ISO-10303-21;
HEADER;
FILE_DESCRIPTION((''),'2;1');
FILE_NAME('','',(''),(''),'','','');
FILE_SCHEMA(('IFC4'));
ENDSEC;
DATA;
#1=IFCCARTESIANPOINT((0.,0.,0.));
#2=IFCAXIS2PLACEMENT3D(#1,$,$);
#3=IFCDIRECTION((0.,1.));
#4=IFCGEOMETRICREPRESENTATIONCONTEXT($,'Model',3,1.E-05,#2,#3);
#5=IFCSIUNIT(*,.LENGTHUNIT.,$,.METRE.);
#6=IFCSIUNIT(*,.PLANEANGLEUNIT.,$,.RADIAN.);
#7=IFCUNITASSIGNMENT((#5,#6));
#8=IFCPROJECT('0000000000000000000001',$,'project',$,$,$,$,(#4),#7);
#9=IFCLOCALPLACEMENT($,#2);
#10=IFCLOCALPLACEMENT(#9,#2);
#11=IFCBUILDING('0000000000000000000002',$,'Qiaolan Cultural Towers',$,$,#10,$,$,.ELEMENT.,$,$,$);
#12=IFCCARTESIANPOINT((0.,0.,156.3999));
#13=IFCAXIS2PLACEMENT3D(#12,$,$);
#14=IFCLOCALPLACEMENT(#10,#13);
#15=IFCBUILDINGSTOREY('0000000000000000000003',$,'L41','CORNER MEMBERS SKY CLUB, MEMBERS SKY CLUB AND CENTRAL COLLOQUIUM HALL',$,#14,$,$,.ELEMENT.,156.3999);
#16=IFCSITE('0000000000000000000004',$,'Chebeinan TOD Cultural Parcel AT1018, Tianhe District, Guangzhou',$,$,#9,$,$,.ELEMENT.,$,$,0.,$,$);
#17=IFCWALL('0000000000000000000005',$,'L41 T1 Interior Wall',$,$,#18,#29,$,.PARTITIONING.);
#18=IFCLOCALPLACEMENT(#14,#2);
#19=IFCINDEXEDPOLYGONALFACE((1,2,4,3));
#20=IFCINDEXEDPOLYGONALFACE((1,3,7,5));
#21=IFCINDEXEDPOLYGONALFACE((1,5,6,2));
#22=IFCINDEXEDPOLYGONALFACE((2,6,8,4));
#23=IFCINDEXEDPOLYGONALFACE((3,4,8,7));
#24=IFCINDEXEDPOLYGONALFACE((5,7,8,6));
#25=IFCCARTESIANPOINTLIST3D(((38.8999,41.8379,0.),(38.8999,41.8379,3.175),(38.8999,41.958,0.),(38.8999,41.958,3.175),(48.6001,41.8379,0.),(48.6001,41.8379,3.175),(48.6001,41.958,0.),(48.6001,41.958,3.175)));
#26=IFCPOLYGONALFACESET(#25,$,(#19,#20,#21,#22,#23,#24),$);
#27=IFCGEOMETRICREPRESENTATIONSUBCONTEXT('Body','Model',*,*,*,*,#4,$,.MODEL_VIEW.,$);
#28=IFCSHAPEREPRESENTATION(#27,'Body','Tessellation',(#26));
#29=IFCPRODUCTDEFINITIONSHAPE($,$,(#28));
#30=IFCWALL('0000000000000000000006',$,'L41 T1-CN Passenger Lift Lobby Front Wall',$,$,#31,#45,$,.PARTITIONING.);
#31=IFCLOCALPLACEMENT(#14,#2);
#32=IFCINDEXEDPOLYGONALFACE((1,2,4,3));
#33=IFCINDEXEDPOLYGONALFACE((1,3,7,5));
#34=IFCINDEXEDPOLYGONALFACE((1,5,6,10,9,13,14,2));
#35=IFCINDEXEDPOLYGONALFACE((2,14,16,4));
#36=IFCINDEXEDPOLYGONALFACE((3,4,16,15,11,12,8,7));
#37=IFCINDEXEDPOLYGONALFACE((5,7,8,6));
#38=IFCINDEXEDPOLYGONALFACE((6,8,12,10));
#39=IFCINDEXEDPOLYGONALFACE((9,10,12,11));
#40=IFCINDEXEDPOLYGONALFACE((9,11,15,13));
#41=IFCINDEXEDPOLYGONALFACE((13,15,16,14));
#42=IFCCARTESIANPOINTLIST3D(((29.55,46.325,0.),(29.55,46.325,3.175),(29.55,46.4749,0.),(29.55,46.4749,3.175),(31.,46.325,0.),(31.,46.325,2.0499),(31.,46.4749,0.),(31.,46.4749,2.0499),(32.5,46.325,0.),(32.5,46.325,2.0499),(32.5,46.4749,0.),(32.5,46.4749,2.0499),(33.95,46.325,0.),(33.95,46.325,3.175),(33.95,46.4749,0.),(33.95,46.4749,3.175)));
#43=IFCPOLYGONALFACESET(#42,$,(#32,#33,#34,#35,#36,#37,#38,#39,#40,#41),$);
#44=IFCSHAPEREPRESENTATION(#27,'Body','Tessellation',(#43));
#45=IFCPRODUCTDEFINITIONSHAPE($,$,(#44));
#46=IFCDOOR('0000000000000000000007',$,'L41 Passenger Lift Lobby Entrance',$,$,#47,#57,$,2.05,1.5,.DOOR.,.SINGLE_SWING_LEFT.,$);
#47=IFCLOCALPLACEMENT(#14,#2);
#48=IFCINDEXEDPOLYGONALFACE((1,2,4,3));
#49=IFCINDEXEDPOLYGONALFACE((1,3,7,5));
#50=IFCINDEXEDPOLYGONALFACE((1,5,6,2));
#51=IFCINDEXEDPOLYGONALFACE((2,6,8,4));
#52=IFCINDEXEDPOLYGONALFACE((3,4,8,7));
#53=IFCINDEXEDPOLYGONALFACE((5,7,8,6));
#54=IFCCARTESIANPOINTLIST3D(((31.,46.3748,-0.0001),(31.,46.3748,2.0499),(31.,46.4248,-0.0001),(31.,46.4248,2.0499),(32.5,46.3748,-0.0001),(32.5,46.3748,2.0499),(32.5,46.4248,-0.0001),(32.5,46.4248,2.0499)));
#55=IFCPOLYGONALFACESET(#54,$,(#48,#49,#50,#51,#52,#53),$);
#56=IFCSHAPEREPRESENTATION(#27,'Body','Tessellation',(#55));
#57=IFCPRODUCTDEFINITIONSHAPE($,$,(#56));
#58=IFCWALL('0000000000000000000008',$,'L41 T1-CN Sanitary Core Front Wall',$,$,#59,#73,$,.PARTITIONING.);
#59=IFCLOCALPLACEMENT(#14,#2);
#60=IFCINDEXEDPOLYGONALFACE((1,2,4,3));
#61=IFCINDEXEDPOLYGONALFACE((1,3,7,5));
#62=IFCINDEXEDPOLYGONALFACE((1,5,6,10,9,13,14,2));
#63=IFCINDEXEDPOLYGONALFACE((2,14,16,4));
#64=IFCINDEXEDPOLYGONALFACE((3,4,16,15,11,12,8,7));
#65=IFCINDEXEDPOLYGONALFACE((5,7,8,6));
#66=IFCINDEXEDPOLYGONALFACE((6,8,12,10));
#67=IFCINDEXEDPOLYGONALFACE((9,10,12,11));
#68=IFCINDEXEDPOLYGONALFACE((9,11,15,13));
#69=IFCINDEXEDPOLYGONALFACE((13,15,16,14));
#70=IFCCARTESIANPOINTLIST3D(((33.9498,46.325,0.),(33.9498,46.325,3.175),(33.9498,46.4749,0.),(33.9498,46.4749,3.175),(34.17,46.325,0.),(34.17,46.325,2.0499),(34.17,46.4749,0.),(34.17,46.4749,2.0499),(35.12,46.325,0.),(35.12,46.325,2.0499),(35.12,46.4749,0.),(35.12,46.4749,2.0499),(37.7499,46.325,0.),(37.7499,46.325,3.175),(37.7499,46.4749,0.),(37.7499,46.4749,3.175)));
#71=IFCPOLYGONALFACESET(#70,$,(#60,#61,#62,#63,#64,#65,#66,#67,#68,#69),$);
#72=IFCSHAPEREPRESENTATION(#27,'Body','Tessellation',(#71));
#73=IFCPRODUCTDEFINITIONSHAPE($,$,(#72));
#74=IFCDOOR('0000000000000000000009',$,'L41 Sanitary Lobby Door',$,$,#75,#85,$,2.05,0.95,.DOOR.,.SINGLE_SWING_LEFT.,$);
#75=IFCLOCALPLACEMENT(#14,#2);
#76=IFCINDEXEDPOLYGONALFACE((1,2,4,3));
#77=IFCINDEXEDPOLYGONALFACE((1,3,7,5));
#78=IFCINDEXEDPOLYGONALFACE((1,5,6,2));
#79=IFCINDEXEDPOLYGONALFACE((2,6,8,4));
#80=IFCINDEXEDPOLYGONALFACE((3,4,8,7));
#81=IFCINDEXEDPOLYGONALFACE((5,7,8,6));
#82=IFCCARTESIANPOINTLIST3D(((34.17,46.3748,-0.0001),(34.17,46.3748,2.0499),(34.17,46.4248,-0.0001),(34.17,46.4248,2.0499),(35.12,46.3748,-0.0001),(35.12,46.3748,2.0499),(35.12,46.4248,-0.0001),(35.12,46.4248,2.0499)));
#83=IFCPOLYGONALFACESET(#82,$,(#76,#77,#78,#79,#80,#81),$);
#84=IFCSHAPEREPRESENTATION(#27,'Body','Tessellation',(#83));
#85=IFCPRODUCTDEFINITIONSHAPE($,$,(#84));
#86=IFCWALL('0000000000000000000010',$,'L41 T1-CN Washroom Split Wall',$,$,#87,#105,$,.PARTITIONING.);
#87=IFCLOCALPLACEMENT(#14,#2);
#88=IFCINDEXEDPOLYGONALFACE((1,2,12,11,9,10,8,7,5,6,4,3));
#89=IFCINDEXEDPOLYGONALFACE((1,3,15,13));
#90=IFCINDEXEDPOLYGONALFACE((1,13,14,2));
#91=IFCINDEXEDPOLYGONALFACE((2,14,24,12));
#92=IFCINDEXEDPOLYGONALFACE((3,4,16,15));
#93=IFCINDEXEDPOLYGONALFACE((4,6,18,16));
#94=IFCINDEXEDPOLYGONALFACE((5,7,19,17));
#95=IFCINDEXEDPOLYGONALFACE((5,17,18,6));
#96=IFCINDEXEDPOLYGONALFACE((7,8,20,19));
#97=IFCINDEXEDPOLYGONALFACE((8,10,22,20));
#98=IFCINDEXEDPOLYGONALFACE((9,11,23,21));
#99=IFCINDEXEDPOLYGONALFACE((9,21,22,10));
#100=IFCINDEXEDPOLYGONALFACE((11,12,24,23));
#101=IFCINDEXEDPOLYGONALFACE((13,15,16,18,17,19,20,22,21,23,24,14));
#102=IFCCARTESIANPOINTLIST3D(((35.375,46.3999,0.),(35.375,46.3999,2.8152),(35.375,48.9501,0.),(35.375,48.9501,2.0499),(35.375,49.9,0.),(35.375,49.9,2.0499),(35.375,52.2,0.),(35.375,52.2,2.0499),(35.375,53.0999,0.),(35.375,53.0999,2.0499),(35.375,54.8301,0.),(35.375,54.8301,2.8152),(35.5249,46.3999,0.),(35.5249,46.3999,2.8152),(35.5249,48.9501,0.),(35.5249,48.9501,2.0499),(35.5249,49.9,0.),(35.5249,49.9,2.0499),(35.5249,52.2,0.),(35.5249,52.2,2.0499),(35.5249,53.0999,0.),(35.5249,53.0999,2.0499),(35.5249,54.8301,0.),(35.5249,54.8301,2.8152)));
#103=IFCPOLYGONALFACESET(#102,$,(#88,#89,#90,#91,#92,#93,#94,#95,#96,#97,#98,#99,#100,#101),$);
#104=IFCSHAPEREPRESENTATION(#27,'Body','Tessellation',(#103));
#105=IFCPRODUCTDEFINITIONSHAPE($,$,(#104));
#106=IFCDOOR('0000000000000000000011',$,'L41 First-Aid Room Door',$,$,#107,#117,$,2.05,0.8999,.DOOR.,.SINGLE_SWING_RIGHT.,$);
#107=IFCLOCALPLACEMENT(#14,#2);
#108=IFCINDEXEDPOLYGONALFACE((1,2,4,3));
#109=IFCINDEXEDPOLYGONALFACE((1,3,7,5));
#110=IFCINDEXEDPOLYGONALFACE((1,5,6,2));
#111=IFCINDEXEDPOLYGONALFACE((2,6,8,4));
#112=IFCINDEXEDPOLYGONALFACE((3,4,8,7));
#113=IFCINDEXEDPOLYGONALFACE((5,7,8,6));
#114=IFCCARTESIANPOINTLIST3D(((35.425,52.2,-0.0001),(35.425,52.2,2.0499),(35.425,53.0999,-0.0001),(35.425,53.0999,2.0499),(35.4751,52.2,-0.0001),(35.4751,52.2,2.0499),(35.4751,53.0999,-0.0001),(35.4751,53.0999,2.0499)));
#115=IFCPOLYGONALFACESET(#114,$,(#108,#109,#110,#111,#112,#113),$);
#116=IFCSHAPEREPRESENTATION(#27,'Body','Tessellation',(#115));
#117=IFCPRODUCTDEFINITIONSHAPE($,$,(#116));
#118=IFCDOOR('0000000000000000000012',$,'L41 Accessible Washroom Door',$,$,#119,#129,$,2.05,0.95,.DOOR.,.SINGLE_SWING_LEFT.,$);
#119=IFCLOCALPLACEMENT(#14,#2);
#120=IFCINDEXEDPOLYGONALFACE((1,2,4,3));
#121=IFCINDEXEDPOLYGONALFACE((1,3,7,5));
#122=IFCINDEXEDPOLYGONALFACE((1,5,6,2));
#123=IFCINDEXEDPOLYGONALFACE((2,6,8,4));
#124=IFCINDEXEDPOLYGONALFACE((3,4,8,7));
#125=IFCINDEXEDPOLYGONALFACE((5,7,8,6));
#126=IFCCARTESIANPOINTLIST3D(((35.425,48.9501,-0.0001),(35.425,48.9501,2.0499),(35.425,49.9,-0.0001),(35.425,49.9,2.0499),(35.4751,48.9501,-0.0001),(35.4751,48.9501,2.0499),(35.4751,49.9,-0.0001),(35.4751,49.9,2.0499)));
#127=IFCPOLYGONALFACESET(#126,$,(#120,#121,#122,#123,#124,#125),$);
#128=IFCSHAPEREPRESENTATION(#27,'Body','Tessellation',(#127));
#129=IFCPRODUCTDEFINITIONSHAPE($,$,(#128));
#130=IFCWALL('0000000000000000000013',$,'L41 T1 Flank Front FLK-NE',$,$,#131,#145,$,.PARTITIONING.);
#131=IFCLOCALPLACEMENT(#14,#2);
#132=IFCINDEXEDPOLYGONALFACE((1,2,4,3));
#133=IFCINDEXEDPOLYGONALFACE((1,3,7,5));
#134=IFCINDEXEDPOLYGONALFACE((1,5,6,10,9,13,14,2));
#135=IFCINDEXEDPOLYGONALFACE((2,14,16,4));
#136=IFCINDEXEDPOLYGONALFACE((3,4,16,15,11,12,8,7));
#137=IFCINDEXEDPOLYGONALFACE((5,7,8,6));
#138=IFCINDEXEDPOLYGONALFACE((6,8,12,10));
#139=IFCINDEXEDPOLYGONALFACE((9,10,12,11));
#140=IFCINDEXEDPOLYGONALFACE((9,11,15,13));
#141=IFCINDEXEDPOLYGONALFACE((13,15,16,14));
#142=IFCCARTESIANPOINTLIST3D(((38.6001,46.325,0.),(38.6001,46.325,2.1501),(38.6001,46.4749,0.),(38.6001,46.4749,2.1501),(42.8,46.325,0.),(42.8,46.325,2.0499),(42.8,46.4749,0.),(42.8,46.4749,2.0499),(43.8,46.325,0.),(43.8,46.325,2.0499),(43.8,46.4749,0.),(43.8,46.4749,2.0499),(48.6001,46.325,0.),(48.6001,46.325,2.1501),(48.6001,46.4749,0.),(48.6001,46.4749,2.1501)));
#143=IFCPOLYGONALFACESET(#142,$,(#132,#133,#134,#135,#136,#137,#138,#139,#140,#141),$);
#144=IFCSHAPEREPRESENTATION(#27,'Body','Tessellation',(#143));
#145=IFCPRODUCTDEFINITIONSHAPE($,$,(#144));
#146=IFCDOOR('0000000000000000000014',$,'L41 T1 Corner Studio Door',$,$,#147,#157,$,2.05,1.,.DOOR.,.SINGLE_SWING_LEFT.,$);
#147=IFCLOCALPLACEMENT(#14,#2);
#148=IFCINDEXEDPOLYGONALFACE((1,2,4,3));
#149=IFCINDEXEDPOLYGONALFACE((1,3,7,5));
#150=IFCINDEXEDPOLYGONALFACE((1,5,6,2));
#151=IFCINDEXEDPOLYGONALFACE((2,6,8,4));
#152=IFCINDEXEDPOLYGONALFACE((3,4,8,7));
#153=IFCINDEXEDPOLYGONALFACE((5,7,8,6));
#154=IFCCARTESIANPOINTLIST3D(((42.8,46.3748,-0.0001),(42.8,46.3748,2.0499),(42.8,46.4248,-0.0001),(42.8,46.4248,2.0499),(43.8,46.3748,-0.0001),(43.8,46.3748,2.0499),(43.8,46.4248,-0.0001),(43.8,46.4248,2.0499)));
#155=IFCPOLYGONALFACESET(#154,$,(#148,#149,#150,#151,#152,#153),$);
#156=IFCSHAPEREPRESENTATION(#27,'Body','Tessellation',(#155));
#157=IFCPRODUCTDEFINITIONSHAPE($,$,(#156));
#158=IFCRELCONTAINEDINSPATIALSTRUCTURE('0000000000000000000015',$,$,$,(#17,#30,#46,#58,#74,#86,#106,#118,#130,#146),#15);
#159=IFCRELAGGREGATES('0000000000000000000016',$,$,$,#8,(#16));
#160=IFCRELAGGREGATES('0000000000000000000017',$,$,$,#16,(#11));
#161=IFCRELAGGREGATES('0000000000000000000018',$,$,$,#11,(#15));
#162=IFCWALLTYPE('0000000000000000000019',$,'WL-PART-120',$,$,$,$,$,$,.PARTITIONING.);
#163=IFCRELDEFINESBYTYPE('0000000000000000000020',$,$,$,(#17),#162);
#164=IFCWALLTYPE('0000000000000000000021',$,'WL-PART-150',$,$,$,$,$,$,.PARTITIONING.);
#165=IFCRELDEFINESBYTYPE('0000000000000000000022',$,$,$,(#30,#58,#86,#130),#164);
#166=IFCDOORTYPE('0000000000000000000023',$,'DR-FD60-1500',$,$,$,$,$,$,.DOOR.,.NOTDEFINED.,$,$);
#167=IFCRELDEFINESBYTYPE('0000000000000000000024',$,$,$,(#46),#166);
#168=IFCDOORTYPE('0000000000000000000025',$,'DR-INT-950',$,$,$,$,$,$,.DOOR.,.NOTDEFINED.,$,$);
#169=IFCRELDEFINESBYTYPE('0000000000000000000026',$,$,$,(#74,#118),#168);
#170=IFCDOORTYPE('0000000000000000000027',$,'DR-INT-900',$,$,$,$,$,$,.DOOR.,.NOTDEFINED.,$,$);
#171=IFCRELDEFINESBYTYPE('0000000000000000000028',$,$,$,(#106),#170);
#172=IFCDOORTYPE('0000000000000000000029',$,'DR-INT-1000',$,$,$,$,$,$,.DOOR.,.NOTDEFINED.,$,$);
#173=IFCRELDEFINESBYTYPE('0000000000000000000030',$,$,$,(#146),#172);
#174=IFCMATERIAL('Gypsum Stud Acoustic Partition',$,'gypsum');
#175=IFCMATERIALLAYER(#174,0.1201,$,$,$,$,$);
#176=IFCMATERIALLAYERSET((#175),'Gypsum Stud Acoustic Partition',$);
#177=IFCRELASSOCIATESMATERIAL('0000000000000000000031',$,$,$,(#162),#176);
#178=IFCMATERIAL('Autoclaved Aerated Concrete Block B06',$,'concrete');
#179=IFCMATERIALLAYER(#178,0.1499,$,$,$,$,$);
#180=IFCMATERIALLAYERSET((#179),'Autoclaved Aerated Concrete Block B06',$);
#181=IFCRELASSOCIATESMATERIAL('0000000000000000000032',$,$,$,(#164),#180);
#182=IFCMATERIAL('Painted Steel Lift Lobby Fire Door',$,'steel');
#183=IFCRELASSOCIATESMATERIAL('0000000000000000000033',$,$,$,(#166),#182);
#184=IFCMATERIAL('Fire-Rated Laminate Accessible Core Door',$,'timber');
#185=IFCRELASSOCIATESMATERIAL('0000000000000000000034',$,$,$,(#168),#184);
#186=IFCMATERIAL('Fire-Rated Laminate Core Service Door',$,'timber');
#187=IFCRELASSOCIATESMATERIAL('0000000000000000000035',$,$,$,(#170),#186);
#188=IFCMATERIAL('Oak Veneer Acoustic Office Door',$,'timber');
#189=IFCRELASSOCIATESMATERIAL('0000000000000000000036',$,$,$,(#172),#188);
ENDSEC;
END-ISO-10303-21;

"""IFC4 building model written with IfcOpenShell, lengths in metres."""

from ifc_helpers import new_model, si_unit, direction, frame, frame_2d, origin, place, context, subcontext, project, spatial, rectangle, extrude, material, layer, layer_set, type_object, element, fill, save


model = new_model("IFC4")

# Units and contexts
model_context = context("Model", 3, precision=1e-05, world=origin(), true_north=direction((0.0, 1.0)))
body_context = subcontext(model_context, "Body", "Model", "MODEL_VIEW")
ifc_project = project(units=[si_unit("LENGTHUNIT", "METRE"), si_unit("PLANEANGLEUNIT", "RADIAN")], contexts=[model_context])

# Site, building, storey
site_placement = place(None, origin())
site = spatial("IfcSite", under=ifc_project, at=site_placement, Name="Chebeinan TOD Cultural Parcel AT1018, Tianhe District, Guangzhou", CompositionType="ELEMENT", RefElevation=0.0)
building_placement = place(site_placement, origin())
building = spatial("IfcBuilding", under=site, at=building_placement, Name="Qiaolan Cultural Towers", CompositionType="ELEMENT")
storey_placement = place(building_placement, frame((0.0, 0.0, 156.3999)))
storey = spatial("IfcBuildingStorey", under=building, at=storey_placement, Name="L41", Description="CORNER MEMBERS SKY CLUB, MEMBERS SKY CLUB AND CENTRAL COLLOQUIUM HALL", CompositionType="ELEMENT", Elevation=156.3999)

# Wall
ifc_material_1 = material(Name="Gypsum Stud Acoustic Partition", Category="gypsum")
ifc_layer_1 = layer(ifc_material_1, 0.1201)
ifc_layer_set_1 = layer_set([ifc_layer_1], Name="Gypsum Stud Acoustic Partition")
wall_type_1 = type_object("IfcWallType", Name="WL-PART-120", PredefinedType="PARTITIONING", material=ifc_layer_set_1)
for number, where, z_axis, x_axis, name in (
    (1, (38.8999, 41.8979, 0.0), (0.0, 0.0, 1.0), (1.0, 0.0, 0.0), "L41 T1 Interior Wall"),
):
    element("IfcWall", number, at=place(storey_placement, frame(where, z_axis=z_axis, x_axis=x_axis)), inside=storey, type_object=wall_type_1, Name=name, PredefinedType="PARTITIONING", context=body_context, shape_type="SweptSolid", body=[
        extrude(rectangle(XDim=9.7002, YDim=0.1201, at=frame_2d((4.8501, 0.0))), origin(), (0.0, 0.0, 1.0), 3.175),
    ])

# Walls, openings, doors
ifc_material_2 = material(Name="Autoclaved Aerated Concrete Block B06", Category="concrete")
ifc_layer_2 = layer(ifc_material_2, 0.1499)
ifc_layer_set_2 = layer_set([ifc_layer_2], Name="Autoclaved Aerated Concrete Block B06")
wall_type_2 = type_object("IfcWallType", Name="WL-PART-150", PredefinedType="PARTITIONING", material=ifc_layer_set_2)
wall_1_placement = place(storey_placement, frame((29.55, 46.3999, 0.0), z_axis=(0.0, 0.0, 1.0), x_axis=(1.0, 0.0, 0.0)))
wall_1 = element("IfcWall", 2, at=wall_1_placement, inside=storey, type_object=wall_type_2, Name="L41 T1-CN Passenger Lift Lobby Front Wall", PredefinedType="PARTITIONING", context=body_context, shape_type="SweptSolid", body=[
    extrude(rectangle(XDim=4.3999, YDim=0.1499, at=frame_2d((2.2, 0.0))), origin(), (0.0, 0.0, 1.0), 3.175),
])
opening_1_placement = place(wall_1_placement, frame((1.45, 0.0, 0.0)))
opening_1 = element("IfcOpeningElement", 3, at=opening_1_placement, cuts=wall_1, PredefinedType="OPENING", context=body_context, shape_type="SweptSolid", body=[
    extrude(rectangle(XDim=1.5, YDim=2.05, at=frame_2d((0.75, 1.0249))), frame((0.0, 0.085, 0.0), z_axis=(0.0, -1.0, 0.0), x_axis=(1.0, 0.0, 0.0)), (0.0, 0.0, 1.0), 0.1699),
])
ifc_material_3 = material(Name="Painted Steel Lift Lobby Fire Door", Category="steel")
door_type_1 = type_object("IfcDoorType", Name="DR-FD60-1500", OperationType="NOTDEFINED", PredefinedType="DOOR", material=ifc_material_3)
door_1_placement = place(opening_1_placement, origin())
door_1 = element("IfcDoor", 4, at=door_1_placement, inside=storey, type_object=door_type_1, Name="L41 Passenger Lift Lobby Entrance", OperationType="SINGLE_SWING_LEFT", OverallHeight=2.05, OverallWidth=1.5, PredefinedType="DOOR", context=body_context, shape_type="SweptSolid", body=[
    extrude(rectangle(XDim=1.5, YDim=2.05, at=frame_2d((0.75, 1.0249))), frame((0.0, 0.0249, 0.0), z_axis=(0.0, -1.0, 0.0), x_axis=(1.0, 0.0, 0.0)), (0.0, 0.0, 1.0), 0.05),
])
fill(opening_1, door_1)
wall_2_placement = place(storey_placement, frame((33.95, 46.3999, 0.0), z_axis=(0.0, 0.0, 1.0), x_axis=(1.0, 0.0, 0.0)))
wall_2 = element("IfcWall", 5, at=wall_2_placement, inside=storey, type_object=wall_type_2, Name="L41 T1-CN Sanitary Core Front Wall", PredefinedType="PARTITIONING", context=body_context, shape_type="SweptSolid", body=[
    extrude(rectangle(XDim=3.8, YDim=0.1499, at=frame_2d((1.8999, 0.0))), origin(), (0.0, 0.0, 1.0), 3.175),
])
opening_2_placement = place(wall_2_placement, frame((0.22, 0.0, 0.0)))
opening_2 = element("IfcOpeningElement", 6, at=opening_2_placement, cuts=wall_2, PredefinedType="OPENING", context=body_context, shape_type="SweptSolid", body=[
    extrude(rectangle(XDim=0.95, YDim=2.05, at=frame_2d((0.4751, 1.0249))), frame((0.0, 0.085, 0.0), z_axis=(0.0, -1.0, 0.0), x_axis=(1.0, 0.0, 0.0)), (0.0, 0.0, 1.0), 0.1699),
])
ifc_material_4 = material(Name="Fire-Rated Laminate Accessible Core Door", Category="timber")
door_type_2 = type_object("IfcDoorType", Name="DR-INT-950", OperationType="NOTDEFINED", PredefinedType="DOOR", material=ifc_material_4)
door_2_placement = place(opening_2_placement, origin())
door_2 = element("IfcDoor", 7, at=door_2_placement, inside=storey, type_object=door_type_2, Name="L41 Sanitary Lobby Door", OperationType="SINGLE_SWING_LEFT", OverallHeight=2.05, OverallWidth=0.95, PredefinedType="DOOR", context=body_context, shape_type="SweptSolid", body=[
    extrude(rectangle(XDim=0.95, YDim=2.05, at=frame_2d((0.4751, 1.0249))), frame((0.0, 0.0249, 0.0), z_axis=(0.0, -1.0, 0.0), x_axis=(1.0, 0.0, 0.0)), (0.0, 0.0, 1.0), 0.05),
])
fill(opening_2, door_2)

# Wall, openings, doors
wall_3_placement = place(storey_placement, frame((35.45, 46.3999, 0.0), z_axis=(0.0, 0.0, 1.0), x_axis=(0.0, 1.0, 0.0)))
wall_3 = element("IfcWall", 8, at=wall_3_placement, inside=storey, type_object=wall_type_2, Name="L41 T1-CN Washroom Split Wall", PredefinedType="PARTITIONING", context=body_context, shape_type="SweptSolid", body=[
    extrude(rectangle(XDim=8.4302, YDim=0.1499, at=frame_2d((4.2151, 0.0))), origin(), (0.0, 0.0, 1.0), 2.8152),
])
opening_3_placement = place(wall_3_placement, frame((2.55, 0.0, 0.0)))
opening_3 = element("IfcOpeningElement", 9, at=opening_3_placement, cuts=wall_3, PredefinedType="OPENING", context=body_context, shape_type="SweptSolid", body=[
    extrude(rectangle(XDim=0.95, YDim=2.05, at=frame_2d((0.4751, 1.0249))), frame((0.0, 0.085, 0.0), z_axis=(0.0, -1.0, 0.0), x_axis=(1.0, 0.0, 0.0)), (0.0, 0.0, 1.0), 0.1699),
])
opening_4_placement = place(wall_3_placement, frame((5.8, 0.0, 0.0)))
opening_4 = element("IfcOpeningElement", 10, at=opening_4_placement, cuts=wall_3, PredefinedType="OPENING", context=body_context, shape_type="SweptSolid", body=[
    extrude(rectangle(XDim=0.8999, YDim=2.05, at=frame_2d((0.45, 1.0249))), frame((0.0, 0.085, 0.0), z_axis=(0.0, -1.0, 0.0), x_axis=(1.0, 0.0, 0.0)), (0.0, 0.0, 1.0), 0.1699),
])
ifc_material_5 = material(Name="Fire-Rated Laminate Core Service Door", Category="timber")
door_type_3 = type_object("IfcDoorType", Name="DR-INT-900", OperationType="NOTDEFINED", PredefinedType="DOOR", material=ifc_material_5)
door_3_placement = place(opening_4_placement, origin())
door_3 = element("IfcDoor", 11, at=door_3_placement, inside=storey, type_object=door_type_3, Name="L41 First-Aid Room Door", OperationType="SINGLE_SWING_RIGHT", OverallHeight=2.05, OverallWidth=0.8999, PredefinedType="DOOR", context=body_context, shape_type="SweptSolid", body=[
    extrude(rectangle(XDim=0.8999, YDim=2.05, at=frame_2d((0.45, 1.0249))), frame((0.0, 0.0249, 0.0), z_axis=(0.0, -1.0, 0.0), x_axis=(1.0, 0.0, 0.0)), (0.0, 0.0, 1.0), 0.05),
])
fill(opening_4, door_3)
door_4_placement = place(opening_3_placement, origin())
door_4 = element("IfcDoor", 12, at=door_4_placement, inside=storey, type_object=door_type_2, Name="L41 Accessible Washroom Door", OperationType="SINGLE_SWING_LEFT", OverallHeight=2.05, OverallWidth=0.95, PredefinedType="DOOR", context=body_context, shape_type="SweptSolid", body=[
    extrude(rectangle(XDim=0.95, YDim=2.05, at=frame_2d((0.4751, 1.0249))), frame((0.0, 0.0249, 0.0), z_axis=(0.0, -1.0, 0.0), x_axis=(1.0, 0.0, 0.0)), (0.0, 0.0, 1.0), 0.05),
])
fill(opening_3, door_4)

# Wall, opening, door
wall_4_placement = place(storey_placement, frame((38.6001, 46.3999, 0.0), z_axis=(0.0, 0.0, 1.0), x_axis=(1.0, 0.0, 0.0)))
wall_4 = element("IfcWall", 13, at=wall_4_placement, inside=storey, type_object=wall_type_2, Name="L41 T1 Flank Front FLK-NE", PredefinedType="PARTITIONING", context=body_context, shape_type="SweptSolid", body=[
    extrude(rectangle(XDim=10.0, YDim=0.1499, at=frame_2d((5.0, 0.0))), origin(), (0.0, 0.0, 1.0), 2.1501),
])
opening_5_placement = place(wall_4_placement, frame((4.2, 0.0, 0.0)))
opening_5 = element("IfcOpeningElement", 14, at=opening_5_placement, cuts=wall_4, PredefinedType="OPENING", context=body_context, shape_type="SweptSolid", body=[
    extrude(rectangle(XDim=1.0, YDim=2.05, at=frame_2d((0.5, 1.0249))), frame((0.0, 0.085, 0.0), z_axis=(0.0, -1.0, 0.0), x_axis=(1.0, 0.0, 0.0)), (0.0, 0.0, 1.0), 0.1699),
])
ifc_material_6 = material(Name="Oak Veneer Acoustic Office Door", Category="timber")
door_type_4 = type_object("IfcDoorType", Name="DR-INT-1000", OperationType="NOTDEFINED", PredefinedType="DOOR", material=ifc_material_6)
door_5_placement = place(opening_5_placement, origin())
door_5 = element("IfcDoor", 15, at=door_5_placement, inside=storey, type_object=door_type_4, Name="L41 T1 Corner Studio Door", OperationType="SINGLE_SWING_LEFT", OverallHeight=2.05, OverallWidth=1.0, PredefinedType="DOOR", context=body_context, shape_type="SweptSolid", body=[
    extrude(rectangle(XDim=1.0, YDim=2.05, at=frame_2d((0.5, 1.0249))), frame((0.0, 0.0249, 0.0), z_axis=(0.0, -1.0, 0.0), x_axis=(1.0, 0.0, 0.0)), (0.0, 0.0, 1.0), 0.05),
])
fill(opening_5, door_5)

save(model, "model.ifc")
